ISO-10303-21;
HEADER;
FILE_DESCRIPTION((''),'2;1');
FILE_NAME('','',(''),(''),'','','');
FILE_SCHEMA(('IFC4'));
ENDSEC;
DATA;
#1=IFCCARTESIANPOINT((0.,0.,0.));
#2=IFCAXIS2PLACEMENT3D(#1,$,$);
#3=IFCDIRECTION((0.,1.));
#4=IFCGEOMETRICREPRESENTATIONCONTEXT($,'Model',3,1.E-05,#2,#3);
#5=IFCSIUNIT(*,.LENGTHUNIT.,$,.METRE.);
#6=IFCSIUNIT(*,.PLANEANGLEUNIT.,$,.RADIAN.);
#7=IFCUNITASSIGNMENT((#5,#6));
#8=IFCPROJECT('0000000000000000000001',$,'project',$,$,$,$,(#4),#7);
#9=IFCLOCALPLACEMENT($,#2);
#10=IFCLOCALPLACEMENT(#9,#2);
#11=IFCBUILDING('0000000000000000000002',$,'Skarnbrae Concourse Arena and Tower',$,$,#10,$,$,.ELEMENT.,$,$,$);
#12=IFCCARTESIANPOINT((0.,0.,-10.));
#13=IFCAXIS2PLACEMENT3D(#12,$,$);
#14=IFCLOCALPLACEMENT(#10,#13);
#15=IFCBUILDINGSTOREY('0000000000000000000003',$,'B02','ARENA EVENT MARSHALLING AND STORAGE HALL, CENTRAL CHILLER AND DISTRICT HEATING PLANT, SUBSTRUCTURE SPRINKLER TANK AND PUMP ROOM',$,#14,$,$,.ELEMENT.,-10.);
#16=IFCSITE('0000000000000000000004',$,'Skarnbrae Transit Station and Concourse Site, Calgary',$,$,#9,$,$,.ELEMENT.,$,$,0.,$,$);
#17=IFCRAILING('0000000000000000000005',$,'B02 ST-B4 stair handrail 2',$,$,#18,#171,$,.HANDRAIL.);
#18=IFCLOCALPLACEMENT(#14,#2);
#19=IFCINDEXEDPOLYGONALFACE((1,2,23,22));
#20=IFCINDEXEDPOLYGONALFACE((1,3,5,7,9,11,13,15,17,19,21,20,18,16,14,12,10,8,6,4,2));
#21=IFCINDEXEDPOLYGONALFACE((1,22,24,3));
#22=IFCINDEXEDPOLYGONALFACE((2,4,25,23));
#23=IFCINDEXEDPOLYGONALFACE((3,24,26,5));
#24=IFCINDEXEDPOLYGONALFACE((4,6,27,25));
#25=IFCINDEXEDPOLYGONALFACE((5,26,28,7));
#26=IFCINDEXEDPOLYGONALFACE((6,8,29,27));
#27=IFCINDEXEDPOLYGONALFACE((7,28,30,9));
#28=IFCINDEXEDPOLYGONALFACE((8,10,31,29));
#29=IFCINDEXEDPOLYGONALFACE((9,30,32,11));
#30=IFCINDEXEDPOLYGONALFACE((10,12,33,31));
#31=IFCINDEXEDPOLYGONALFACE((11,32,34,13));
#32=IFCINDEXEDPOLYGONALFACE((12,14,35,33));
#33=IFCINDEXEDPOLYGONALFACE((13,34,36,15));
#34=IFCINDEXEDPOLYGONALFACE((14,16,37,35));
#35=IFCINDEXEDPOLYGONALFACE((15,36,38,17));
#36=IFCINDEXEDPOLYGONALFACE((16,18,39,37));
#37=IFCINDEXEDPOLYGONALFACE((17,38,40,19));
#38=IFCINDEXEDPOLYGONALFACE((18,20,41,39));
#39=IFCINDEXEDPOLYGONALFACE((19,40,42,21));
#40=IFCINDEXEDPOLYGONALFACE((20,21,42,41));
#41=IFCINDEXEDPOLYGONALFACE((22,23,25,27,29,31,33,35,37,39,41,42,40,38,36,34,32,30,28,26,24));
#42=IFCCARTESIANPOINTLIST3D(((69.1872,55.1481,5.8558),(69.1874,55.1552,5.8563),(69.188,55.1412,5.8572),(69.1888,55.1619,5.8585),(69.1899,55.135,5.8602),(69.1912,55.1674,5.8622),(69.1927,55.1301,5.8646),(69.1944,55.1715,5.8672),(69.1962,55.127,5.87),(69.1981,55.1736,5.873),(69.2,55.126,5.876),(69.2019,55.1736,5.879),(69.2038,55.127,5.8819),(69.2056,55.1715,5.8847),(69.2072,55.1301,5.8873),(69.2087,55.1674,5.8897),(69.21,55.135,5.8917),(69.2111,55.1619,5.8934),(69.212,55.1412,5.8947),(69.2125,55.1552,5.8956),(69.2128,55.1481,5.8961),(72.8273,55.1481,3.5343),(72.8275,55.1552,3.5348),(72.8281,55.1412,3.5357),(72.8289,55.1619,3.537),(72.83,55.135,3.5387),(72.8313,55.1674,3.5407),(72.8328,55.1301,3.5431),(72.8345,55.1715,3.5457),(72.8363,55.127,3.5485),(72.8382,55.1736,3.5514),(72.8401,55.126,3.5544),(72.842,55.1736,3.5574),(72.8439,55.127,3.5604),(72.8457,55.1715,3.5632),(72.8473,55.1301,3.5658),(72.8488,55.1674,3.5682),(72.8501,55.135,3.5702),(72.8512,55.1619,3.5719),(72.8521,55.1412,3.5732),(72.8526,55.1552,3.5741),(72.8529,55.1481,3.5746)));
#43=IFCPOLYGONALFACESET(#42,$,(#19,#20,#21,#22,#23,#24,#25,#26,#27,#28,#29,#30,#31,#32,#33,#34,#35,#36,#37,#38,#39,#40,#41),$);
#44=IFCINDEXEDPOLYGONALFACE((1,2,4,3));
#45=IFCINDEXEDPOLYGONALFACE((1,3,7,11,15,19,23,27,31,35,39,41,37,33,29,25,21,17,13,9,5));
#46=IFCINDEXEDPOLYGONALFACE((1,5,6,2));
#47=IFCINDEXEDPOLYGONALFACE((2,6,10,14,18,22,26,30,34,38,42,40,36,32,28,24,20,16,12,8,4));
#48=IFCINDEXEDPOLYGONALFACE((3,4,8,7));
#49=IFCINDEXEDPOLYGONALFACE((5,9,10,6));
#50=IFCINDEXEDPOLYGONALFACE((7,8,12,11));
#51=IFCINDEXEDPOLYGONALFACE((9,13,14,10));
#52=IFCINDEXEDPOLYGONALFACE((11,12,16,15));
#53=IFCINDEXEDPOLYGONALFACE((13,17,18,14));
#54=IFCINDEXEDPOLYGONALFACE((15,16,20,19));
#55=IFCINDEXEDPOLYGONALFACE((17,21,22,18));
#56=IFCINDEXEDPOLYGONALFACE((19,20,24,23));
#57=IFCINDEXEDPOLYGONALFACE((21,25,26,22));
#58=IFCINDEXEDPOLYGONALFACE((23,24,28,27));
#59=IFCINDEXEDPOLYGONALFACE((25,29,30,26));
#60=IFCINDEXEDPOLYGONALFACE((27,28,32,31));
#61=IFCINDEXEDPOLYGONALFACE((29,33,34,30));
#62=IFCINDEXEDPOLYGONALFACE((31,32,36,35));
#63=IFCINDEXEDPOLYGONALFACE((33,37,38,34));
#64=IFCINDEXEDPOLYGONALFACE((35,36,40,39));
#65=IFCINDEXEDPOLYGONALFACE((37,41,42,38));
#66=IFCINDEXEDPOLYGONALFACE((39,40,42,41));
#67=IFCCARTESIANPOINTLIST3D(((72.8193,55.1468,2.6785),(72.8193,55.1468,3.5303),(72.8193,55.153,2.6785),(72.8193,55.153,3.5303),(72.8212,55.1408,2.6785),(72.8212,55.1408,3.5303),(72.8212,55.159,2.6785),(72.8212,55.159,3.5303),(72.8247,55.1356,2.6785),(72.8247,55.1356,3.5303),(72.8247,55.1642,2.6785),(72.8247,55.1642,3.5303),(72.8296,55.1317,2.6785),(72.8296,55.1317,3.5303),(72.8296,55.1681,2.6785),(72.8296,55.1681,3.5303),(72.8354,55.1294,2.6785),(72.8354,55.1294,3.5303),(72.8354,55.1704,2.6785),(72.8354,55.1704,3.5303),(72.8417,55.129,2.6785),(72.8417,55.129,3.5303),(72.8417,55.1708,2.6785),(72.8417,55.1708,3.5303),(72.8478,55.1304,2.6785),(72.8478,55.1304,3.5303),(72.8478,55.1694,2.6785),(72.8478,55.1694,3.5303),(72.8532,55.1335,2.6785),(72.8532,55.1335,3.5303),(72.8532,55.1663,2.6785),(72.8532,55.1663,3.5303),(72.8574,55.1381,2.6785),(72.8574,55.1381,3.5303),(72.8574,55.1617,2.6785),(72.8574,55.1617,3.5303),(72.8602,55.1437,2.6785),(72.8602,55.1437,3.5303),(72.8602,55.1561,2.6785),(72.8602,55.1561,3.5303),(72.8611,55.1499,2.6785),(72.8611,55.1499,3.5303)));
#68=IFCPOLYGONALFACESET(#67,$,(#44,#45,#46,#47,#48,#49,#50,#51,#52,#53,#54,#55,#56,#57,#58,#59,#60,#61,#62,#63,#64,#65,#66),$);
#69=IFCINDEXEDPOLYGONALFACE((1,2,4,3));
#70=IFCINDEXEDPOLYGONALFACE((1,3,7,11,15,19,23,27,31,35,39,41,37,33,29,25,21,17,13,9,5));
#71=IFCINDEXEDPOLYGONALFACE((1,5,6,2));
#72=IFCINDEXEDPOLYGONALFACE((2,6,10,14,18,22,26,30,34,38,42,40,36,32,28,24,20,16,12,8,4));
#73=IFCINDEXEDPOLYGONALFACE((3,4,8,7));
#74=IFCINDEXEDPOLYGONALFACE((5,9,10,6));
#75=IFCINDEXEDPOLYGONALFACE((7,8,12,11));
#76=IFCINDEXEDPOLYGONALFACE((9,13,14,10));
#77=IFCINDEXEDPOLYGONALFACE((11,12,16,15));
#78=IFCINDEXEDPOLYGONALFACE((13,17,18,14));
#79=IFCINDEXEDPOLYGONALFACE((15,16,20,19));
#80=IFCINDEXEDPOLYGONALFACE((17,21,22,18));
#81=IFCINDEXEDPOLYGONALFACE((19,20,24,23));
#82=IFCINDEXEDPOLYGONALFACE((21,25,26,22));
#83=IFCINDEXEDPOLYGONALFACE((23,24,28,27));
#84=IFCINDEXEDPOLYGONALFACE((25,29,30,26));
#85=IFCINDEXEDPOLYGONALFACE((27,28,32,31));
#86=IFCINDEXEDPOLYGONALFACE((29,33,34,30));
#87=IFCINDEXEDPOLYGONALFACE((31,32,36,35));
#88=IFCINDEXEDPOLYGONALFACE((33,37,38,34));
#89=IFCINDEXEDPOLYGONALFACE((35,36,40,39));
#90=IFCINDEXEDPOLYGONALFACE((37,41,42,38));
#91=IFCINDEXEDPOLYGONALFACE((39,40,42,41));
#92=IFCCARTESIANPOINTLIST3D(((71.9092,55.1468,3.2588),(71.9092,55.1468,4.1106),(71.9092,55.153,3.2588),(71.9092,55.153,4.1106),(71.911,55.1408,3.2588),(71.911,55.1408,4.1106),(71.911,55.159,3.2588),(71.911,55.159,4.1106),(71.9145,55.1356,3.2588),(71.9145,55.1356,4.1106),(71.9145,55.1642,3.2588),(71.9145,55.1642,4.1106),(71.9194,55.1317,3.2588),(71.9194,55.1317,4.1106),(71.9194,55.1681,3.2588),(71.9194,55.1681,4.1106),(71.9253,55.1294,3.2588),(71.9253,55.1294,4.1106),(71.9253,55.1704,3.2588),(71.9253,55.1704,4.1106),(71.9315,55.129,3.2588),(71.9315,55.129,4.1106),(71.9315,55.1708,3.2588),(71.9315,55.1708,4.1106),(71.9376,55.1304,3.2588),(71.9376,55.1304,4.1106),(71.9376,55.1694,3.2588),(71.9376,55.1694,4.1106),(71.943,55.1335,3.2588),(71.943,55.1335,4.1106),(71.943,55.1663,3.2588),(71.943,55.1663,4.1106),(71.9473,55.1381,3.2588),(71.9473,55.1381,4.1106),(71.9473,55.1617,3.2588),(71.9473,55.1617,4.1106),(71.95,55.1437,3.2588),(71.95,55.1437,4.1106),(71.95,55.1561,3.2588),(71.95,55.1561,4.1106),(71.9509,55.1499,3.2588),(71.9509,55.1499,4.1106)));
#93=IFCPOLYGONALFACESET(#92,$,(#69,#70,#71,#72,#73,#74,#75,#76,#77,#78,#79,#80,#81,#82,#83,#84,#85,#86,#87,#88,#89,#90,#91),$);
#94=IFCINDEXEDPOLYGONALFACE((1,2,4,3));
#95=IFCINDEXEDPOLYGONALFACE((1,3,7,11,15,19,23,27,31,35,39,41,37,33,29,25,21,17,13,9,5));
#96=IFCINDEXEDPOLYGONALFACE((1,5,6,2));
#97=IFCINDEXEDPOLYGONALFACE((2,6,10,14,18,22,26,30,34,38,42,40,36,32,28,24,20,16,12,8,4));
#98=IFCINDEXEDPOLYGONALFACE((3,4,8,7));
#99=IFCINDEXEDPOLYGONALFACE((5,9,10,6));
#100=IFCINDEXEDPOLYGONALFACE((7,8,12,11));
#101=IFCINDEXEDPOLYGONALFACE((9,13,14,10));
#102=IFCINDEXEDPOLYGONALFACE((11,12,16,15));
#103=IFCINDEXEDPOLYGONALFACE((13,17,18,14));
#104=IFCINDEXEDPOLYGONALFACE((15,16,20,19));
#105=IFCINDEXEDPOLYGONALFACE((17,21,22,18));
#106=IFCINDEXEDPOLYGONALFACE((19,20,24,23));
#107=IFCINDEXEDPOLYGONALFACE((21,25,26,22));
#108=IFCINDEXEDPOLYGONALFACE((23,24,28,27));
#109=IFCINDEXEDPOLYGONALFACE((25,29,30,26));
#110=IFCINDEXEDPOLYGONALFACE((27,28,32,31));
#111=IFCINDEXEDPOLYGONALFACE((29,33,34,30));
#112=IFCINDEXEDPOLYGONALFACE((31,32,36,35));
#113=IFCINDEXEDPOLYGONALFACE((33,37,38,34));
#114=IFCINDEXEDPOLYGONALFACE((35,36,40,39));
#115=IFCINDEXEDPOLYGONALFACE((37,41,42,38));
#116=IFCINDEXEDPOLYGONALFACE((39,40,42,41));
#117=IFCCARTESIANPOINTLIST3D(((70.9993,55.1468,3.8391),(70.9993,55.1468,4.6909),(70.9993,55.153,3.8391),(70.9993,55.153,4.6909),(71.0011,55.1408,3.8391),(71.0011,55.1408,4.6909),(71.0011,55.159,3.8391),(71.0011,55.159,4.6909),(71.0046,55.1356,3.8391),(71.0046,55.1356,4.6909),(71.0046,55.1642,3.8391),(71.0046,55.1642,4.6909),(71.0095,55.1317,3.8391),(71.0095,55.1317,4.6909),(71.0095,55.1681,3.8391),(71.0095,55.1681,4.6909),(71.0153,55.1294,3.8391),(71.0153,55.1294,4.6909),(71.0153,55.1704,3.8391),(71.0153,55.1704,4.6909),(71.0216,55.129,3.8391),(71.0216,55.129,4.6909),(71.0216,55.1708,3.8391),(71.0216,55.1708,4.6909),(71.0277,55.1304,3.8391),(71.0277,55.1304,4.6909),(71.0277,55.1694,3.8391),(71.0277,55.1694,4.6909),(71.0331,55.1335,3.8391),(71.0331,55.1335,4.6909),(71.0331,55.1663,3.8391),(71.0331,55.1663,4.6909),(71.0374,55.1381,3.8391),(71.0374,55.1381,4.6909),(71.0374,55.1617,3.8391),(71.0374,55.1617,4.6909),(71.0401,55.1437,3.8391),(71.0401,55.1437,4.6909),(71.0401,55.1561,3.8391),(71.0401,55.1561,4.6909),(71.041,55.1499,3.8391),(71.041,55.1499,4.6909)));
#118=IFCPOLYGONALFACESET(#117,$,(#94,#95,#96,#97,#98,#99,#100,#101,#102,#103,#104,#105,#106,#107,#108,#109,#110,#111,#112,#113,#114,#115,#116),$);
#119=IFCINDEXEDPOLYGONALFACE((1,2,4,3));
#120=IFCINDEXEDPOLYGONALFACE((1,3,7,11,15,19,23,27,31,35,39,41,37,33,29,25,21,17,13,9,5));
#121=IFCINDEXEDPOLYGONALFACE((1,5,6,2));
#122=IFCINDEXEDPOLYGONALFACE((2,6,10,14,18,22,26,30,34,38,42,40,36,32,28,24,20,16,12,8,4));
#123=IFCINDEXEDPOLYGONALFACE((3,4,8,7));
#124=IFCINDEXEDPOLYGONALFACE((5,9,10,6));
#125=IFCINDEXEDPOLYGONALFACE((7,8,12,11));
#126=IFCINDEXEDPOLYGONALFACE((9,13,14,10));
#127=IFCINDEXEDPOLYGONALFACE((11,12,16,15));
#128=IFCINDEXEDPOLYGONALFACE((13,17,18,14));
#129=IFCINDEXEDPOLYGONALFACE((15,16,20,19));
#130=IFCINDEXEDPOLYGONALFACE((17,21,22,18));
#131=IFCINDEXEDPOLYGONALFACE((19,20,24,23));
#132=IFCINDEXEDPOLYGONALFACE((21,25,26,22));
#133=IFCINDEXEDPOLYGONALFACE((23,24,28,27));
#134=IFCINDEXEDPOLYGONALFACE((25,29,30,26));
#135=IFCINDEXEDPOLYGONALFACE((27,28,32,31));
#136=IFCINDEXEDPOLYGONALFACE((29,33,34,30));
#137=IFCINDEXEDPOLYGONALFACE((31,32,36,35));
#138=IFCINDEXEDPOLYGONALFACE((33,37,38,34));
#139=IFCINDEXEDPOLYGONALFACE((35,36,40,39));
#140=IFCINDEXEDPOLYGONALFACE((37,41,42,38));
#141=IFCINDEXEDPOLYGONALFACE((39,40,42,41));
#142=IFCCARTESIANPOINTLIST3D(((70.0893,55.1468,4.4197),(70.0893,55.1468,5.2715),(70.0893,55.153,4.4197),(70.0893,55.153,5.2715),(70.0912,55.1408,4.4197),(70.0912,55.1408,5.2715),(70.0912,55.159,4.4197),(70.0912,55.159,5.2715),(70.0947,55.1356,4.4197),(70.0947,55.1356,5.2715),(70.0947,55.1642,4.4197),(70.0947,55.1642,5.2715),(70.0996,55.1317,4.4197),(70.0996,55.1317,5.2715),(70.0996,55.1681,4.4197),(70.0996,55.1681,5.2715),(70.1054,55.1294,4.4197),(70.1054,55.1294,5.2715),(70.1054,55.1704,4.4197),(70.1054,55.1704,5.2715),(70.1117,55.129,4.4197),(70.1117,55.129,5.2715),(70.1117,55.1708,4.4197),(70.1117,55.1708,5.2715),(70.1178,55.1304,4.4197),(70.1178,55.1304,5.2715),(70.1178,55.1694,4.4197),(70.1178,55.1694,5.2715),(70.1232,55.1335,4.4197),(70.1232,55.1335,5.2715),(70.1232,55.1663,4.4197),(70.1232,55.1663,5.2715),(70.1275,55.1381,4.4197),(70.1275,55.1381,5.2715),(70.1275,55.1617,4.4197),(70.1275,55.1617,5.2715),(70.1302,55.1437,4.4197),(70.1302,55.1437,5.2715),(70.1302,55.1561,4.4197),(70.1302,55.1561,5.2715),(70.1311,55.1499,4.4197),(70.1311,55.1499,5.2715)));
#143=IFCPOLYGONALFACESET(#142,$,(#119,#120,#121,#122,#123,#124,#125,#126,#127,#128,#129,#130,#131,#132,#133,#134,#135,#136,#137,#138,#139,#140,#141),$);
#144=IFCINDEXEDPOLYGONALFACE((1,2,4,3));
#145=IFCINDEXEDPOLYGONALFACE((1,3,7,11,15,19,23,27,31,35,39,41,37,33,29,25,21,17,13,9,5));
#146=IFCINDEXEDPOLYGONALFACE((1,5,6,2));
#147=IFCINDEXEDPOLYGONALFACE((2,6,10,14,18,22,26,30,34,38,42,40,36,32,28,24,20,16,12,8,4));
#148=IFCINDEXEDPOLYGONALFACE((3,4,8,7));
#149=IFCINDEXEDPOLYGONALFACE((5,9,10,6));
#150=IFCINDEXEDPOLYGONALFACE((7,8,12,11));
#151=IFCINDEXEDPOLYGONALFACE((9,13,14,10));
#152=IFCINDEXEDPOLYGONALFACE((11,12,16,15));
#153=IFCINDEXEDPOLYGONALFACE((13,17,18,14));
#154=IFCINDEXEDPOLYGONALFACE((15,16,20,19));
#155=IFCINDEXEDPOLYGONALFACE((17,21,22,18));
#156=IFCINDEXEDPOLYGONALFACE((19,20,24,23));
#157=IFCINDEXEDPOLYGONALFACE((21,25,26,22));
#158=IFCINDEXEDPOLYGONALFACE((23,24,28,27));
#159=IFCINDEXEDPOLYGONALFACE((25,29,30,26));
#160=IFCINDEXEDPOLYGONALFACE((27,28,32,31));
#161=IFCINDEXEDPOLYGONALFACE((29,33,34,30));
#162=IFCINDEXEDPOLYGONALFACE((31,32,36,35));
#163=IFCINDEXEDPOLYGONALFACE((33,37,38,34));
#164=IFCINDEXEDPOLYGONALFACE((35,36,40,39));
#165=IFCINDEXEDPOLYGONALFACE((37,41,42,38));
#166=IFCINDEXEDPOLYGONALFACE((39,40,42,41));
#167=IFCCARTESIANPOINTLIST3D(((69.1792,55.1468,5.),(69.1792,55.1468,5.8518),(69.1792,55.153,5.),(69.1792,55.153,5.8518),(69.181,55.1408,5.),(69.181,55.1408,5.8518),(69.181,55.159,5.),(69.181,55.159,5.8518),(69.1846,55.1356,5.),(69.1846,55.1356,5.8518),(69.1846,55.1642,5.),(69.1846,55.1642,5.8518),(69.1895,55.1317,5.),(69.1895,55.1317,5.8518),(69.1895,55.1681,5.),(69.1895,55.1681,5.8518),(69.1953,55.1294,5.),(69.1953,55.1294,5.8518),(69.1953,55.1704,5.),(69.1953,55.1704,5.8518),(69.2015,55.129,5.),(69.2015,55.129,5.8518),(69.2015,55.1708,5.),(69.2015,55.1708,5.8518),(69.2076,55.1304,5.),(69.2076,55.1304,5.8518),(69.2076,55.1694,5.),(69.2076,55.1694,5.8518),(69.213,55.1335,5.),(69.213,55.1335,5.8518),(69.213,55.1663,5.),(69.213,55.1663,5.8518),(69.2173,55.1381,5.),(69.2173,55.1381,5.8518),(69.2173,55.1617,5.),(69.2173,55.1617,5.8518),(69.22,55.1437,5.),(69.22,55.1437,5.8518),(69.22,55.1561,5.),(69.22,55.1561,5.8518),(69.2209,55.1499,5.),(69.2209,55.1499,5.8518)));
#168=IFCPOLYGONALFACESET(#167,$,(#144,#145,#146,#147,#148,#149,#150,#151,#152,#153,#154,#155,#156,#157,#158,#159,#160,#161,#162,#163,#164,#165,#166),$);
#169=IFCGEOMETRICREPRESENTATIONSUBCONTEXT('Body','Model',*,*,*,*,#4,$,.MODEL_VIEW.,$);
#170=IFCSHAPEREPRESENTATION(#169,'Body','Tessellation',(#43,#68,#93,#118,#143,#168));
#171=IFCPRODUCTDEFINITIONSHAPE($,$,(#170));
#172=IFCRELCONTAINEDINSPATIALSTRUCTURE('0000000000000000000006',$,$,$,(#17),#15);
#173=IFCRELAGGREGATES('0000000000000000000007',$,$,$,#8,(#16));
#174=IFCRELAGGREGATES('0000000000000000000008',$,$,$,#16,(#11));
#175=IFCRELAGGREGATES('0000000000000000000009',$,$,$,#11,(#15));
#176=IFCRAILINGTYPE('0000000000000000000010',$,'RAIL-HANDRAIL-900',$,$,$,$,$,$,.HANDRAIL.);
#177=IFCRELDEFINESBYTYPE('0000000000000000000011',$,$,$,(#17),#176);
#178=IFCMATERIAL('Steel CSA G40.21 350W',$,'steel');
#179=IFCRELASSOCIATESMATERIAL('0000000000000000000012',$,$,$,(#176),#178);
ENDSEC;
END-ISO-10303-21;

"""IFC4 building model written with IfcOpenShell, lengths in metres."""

from ifc_helpers import new_model, si_unit, direction, frame, origin, origin_2d, place, context, subcontext, project, spatial, circle, extrude, material, type_object, element, save


model = new_model("IFC4")

# Units and contexts
model_context = context("Model", 3, precision=1e-05, world=origin(), true_north=direction((0.0, 1.0)))
body_context = subcontext(model_context, "Body", "Model", "MODEL_VIEW")
ifc_project = project(units=[si_unit("LENGTHUNIT", "METRE"), si_unit("PLANEANGLEUNIT", "RADIAN")], contexts=[model_context])

# Site, building, storey
site_placement = place(None, origin())
site = spatial("IfcSite", under=ifc_project, at=site_placement, Name="Skarnbrae Transit Station and Concourse Site, Calgary", CompositionType="ELEMENT", RefElevation=0.0)
building_placement = place(site_placement, origin())
building = spatial("IfcBuilding", under=site, at=building_placement, Name="Skarnbrae Concourse Arena and Tower", CompositionType="ELEMENT")
storey_placement = place(building_placement, frame((0.0, 0.0, -10.0)))
storey = spatial("IfcBuildingStorey", under=building, at=storey_placement, Name="B02", Description="ARENA EVENT MARSHALLING AND STORAGE HALL, CENTRAL CHILLER AND DISTRICT HEATING PLANT, SUBSTRUCTURE SPRINKLER TANK AND PUMP ROOM", CompositionType="ELEMENT", Elevation=-10.0)

# Shared definitions
ifc_material_1 = material(Name="Steel CSA G40.21 350W", Category="steel")

# Railing
railing_type_1 = type_object("IfcRailingType", Name="RAIL-HANDRAIL-900", PredefinedType="HANDRAIL", material=ifc_material_1)
railing_1_placement = place(storey_placement, frame((72.8401, 55.1499, 2.6785)))
element("IfcRailing", 1, at=railing_1_placement, inside=storey, type_object=railing_type_1, Name="B02 ST-B4 stair handrail 2", PredefinedType="HANDRAIL", context=body_context, shape_type="SweptSolid", body=[
    extrude(circle(Radius=0.0239, at=origin_2d()), frame((0.0, 0.0, 0.876), z_axis=(-0.843128, 0.0, 0.537713), x_axis=(0.0, -1.0, 0.0)), (0.0, 0.0, 1.0), 4.3174),
    extrude(circle(Radius=0.021, at=origin_2d()), origin(), (0.0, 0.0, 1.0), 0.8518),
    extrude(circle(Radius=0.021, at=origin_2d()), frame((-0.9102, 0.0, 0.5803)), (0.0, 0.0, 1.0), 0.8518),
    extrude(circle(Radius=0.021, at=origin_2d()), frame((-1.8201, 0.0, 1.1606)), (0.0, 0.0, 1.0), 0.8518),
    extrude(circle(Radius=0.021, at=origin_2d()), frame((-2.73, 0.0, 1.7412)), (0.0, 0.0, 1.0), 0.8518),
    extrude(circle(Radius=0.021, at=origin_2d()), frame((-3.6401, 0.0, 2.3215)), (0.0, 0.0, 1.0), 0.8518),
])

save(model, "model.ifc")
